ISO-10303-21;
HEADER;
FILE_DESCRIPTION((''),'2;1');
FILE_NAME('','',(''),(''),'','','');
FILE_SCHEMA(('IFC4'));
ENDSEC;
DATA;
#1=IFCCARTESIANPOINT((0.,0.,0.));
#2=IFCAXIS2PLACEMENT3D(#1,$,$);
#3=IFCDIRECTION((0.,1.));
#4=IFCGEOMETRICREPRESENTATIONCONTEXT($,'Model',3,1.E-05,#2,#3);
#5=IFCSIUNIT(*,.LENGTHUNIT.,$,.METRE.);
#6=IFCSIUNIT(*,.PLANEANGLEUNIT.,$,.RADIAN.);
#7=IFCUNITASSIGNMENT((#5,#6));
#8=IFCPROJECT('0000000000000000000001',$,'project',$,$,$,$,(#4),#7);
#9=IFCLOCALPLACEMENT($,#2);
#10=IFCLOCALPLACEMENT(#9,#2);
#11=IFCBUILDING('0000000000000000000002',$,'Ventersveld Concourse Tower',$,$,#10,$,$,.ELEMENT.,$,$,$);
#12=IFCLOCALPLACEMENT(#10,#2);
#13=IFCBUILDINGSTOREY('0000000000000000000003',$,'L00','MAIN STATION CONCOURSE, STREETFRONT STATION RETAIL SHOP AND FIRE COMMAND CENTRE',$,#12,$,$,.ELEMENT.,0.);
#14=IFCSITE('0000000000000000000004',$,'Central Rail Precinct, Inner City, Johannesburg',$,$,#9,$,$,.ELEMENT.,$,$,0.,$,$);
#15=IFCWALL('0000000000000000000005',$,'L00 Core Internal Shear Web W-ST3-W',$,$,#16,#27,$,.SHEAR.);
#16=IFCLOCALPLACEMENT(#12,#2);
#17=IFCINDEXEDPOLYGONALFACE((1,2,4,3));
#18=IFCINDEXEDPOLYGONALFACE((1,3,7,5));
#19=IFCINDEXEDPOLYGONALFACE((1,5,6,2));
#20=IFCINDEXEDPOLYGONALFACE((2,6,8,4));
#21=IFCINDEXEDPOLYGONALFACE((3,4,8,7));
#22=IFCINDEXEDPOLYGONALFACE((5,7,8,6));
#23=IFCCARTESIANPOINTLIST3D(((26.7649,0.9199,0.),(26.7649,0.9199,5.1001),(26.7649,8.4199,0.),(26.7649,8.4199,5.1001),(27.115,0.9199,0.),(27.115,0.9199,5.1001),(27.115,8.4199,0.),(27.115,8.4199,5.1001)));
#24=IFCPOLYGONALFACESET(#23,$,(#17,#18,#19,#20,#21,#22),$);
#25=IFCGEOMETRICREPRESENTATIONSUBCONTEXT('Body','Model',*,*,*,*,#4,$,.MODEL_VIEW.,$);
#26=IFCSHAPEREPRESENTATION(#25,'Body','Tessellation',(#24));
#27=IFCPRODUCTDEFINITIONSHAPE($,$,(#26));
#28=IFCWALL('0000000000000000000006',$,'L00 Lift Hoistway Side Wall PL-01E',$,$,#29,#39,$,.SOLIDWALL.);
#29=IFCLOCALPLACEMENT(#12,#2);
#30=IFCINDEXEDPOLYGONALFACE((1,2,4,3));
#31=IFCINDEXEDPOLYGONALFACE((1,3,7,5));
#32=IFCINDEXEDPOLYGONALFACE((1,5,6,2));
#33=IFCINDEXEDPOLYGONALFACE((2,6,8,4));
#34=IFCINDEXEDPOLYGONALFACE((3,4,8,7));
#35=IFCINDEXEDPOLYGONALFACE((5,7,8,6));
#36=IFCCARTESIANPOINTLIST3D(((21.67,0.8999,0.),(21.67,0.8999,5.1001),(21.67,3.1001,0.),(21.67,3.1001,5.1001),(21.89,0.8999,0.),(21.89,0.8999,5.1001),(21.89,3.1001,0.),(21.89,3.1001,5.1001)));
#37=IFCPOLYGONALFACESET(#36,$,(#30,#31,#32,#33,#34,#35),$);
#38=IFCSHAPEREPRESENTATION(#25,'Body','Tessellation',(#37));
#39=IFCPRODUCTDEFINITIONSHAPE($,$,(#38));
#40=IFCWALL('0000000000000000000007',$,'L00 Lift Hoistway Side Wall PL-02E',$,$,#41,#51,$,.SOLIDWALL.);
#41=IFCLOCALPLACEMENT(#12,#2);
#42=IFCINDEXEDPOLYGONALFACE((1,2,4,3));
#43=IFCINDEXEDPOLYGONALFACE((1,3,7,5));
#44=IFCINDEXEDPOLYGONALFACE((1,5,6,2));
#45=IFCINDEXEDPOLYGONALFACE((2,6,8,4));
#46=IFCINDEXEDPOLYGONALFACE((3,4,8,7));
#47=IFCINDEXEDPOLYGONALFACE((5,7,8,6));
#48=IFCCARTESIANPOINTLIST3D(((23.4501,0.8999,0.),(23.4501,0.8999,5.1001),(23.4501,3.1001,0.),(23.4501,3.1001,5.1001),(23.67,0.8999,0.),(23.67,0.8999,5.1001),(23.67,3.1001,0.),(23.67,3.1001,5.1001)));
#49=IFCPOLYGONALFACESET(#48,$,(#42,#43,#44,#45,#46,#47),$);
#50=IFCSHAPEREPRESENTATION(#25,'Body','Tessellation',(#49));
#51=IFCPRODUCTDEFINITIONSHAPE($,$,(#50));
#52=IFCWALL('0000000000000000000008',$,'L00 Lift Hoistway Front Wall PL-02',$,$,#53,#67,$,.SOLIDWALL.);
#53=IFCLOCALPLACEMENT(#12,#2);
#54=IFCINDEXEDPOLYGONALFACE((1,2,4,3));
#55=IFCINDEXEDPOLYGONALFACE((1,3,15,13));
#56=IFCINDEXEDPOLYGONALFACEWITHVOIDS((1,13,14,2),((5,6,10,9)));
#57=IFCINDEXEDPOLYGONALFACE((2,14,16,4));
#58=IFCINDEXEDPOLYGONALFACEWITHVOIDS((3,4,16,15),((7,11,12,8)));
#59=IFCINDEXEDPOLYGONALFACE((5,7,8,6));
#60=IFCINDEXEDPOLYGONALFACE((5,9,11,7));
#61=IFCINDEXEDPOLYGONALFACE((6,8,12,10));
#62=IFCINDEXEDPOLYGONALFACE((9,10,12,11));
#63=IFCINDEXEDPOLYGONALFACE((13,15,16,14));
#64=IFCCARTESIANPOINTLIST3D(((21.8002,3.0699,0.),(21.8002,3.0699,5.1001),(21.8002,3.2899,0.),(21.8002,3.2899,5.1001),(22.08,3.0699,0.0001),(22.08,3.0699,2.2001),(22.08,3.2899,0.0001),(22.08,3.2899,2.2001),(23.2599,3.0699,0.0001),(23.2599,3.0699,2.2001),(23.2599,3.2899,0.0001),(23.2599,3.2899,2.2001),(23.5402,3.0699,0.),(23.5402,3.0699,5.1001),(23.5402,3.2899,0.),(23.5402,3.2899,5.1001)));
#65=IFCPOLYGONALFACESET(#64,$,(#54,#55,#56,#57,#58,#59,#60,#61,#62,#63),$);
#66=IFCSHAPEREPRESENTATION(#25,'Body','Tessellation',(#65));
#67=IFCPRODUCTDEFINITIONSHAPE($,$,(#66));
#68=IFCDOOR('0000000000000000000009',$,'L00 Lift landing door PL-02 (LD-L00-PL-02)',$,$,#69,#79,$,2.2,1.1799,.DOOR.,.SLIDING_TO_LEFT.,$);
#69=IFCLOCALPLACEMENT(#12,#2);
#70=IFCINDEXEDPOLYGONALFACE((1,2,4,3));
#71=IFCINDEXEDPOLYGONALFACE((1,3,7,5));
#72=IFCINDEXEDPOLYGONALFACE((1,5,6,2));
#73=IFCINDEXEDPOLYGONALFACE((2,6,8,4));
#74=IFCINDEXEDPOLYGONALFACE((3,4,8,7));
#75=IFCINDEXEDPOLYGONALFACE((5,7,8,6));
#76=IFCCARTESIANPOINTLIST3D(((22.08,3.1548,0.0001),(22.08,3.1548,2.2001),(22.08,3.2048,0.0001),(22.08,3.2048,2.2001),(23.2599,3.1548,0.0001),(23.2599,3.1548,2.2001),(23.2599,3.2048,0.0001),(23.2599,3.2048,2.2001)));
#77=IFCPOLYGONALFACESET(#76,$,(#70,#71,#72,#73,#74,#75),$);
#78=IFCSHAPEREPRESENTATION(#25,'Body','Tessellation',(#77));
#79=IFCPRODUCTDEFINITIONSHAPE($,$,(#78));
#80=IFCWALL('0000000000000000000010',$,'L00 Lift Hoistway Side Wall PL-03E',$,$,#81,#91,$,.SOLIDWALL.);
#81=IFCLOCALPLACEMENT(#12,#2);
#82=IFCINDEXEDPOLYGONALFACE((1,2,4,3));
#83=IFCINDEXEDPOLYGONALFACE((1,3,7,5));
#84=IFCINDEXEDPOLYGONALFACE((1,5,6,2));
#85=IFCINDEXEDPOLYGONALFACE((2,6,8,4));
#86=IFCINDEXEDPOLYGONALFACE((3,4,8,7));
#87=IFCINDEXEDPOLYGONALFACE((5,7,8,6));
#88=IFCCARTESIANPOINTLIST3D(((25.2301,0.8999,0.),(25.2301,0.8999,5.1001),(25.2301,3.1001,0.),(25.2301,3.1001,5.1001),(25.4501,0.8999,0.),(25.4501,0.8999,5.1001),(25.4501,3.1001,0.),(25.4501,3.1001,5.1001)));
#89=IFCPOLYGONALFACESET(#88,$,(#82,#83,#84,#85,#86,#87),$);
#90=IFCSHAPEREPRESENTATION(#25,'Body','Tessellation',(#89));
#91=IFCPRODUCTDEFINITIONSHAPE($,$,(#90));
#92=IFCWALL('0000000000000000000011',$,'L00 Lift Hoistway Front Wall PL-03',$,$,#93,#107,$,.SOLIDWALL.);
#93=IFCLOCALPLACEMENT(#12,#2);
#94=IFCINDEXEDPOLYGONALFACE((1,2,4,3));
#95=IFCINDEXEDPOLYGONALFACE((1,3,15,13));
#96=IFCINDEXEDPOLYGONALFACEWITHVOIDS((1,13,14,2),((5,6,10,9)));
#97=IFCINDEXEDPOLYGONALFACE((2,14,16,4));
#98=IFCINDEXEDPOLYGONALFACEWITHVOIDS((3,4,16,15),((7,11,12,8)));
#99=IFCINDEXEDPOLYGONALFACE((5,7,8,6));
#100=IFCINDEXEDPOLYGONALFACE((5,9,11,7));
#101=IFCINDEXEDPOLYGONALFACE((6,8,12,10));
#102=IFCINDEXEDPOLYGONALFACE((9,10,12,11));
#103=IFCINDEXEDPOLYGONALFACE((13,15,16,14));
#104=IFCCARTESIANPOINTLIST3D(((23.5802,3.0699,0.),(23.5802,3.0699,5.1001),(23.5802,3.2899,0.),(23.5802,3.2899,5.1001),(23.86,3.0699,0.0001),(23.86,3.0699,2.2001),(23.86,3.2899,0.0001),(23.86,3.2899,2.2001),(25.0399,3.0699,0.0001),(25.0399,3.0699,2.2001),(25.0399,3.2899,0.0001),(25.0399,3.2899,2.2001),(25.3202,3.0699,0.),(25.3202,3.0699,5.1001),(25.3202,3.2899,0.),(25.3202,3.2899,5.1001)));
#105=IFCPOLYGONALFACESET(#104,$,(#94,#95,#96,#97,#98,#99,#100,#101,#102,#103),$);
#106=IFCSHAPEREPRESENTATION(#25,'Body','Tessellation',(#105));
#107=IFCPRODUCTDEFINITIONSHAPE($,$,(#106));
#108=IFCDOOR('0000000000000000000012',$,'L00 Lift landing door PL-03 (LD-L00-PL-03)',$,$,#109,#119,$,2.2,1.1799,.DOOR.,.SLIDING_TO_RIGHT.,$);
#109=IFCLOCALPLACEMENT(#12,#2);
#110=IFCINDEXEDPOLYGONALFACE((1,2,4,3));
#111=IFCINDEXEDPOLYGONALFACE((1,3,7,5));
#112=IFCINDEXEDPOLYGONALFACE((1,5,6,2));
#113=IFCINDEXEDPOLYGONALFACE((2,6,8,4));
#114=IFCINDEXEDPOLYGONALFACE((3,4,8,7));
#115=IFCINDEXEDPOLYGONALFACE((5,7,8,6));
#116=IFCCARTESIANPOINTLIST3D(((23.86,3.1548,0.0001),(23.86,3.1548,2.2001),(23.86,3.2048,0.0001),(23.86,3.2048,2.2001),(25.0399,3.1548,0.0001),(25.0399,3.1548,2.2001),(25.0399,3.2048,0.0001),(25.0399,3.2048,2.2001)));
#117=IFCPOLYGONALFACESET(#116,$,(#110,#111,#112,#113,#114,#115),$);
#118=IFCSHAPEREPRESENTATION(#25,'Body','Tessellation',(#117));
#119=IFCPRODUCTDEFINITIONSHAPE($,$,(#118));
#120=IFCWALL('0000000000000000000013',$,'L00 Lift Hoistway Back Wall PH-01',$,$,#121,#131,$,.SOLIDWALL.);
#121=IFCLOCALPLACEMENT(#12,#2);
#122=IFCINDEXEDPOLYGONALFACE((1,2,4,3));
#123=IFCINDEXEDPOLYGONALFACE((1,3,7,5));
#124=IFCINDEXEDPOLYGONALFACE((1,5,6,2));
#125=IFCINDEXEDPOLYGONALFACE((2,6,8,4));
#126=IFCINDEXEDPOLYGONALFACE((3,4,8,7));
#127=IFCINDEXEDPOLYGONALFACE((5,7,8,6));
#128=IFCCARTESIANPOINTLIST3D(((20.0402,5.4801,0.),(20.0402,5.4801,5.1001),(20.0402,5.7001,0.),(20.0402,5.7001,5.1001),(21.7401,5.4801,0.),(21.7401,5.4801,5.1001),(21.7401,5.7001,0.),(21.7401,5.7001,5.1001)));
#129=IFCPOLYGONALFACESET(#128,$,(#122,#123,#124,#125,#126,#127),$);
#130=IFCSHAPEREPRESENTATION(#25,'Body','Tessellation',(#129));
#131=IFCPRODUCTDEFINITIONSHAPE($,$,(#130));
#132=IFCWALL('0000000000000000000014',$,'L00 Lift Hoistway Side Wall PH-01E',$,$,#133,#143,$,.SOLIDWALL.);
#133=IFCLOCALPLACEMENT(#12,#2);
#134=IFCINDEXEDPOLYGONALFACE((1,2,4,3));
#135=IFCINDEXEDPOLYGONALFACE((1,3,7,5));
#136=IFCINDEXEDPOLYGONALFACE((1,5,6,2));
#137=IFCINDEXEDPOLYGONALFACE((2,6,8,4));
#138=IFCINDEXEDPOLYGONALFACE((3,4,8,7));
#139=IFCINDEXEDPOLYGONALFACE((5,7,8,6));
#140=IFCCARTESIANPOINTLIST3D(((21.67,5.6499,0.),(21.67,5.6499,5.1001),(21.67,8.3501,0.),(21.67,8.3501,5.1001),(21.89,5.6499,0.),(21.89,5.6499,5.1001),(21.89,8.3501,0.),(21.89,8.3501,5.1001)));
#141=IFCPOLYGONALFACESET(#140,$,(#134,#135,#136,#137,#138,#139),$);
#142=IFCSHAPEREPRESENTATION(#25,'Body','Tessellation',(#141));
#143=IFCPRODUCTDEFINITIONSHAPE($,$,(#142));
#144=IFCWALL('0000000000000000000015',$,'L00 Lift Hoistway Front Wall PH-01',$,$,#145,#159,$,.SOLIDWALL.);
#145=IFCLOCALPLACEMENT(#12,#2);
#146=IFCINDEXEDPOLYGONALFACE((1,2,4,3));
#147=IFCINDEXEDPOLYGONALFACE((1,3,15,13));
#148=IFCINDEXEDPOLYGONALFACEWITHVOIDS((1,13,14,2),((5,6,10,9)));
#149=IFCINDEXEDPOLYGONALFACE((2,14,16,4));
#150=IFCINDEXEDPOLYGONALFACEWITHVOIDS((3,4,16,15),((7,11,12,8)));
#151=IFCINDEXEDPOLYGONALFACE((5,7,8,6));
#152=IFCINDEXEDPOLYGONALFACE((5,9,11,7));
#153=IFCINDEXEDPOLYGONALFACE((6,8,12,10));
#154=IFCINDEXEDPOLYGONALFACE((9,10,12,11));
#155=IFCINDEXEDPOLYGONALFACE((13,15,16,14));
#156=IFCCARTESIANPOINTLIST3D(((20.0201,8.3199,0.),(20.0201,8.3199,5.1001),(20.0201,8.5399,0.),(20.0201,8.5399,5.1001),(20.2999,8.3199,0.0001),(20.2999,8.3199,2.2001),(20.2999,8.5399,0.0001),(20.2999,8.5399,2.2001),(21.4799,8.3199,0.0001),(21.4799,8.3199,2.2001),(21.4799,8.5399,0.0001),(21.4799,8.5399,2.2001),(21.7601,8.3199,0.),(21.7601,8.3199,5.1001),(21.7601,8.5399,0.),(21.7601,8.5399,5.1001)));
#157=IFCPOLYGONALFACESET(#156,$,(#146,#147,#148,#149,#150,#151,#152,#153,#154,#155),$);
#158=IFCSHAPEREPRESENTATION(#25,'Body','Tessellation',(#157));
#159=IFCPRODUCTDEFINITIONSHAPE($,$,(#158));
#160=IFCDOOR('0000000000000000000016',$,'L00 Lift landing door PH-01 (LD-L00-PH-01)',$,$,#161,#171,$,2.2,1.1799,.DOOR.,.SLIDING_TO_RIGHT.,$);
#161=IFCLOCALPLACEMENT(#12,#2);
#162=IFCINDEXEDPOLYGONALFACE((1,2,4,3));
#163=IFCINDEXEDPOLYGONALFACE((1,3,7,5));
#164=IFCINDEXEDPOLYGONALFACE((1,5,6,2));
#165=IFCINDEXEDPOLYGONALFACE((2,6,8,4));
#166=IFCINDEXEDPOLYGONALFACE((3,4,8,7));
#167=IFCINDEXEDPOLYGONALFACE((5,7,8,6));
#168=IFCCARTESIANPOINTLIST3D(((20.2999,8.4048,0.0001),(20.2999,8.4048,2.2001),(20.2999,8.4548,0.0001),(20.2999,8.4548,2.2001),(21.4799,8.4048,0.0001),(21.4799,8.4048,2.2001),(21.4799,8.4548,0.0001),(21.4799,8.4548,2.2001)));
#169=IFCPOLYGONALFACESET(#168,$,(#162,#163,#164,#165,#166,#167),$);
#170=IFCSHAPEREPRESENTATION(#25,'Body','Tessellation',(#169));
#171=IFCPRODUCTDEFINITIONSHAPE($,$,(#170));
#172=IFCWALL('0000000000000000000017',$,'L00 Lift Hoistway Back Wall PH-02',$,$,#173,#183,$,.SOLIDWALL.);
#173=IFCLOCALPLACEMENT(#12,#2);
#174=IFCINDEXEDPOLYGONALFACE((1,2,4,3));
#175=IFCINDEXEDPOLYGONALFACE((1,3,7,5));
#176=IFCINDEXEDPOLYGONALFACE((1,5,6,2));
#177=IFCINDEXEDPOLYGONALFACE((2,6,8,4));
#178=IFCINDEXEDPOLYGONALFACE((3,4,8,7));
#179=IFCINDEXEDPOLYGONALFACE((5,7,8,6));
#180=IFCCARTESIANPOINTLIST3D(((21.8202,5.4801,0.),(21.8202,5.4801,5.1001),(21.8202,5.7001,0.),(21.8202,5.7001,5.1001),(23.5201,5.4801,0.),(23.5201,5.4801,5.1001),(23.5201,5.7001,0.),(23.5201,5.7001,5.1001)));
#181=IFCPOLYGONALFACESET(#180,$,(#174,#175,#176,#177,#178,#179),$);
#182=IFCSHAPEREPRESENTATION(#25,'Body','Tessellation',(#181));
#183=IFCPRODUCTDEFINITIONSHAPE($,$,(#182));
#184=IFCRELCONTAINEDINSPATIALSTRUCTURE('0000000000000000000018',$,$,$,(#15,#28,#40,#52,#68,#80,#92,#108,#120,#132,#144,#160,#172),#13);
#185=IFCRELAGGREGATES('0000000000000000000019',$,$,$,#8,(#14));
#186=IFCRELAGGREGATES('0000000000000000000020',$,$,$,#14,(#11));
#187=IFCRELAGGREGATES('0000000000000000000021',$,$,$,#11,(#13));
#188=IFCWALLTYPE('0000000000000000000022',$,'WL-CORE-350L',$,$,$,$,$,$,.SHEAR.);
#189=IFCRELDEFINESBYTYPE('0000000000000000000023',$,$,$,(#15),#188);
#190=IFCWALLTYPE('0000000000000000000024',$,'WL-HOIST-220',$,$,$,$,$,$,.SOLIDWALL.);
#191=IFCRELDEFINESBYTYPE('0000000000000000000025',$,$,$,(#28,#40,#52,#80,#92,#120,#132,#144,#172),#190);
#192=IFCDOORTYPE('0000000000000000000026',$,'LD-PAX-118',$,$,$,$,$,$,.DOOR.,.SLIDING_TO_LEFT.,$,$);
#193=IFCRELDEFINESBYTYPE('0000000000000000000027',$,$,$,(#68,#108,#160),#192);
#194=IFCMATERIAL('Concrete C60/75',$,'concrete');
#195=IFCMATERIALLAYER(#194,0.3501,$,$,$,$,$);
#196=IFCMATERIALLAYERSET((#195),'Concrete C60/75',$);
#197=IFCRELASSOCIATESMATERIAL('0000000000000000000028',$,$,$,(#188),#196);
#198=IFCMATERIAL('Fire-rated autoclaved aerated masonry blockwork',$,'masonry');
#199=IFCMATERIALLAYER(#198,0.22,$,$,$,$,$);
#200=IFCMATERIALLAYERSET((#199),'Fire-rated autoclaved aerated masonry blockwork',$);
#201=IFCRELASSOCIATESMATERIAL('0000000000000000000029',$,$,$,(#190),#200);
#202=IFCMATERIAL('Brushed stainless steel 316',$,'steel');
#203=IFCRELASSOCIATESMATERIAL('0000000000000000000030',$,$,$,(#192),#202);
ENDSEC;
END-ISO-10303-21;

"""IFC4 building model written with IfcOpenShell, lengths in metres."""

from ifc_helpers import new_model, si_unit, direction, frame, frame_2d, origin, place, context, subcontext, project, spatial, rectangle, extrude, material, layer, layer_set, type_object, element, fill, save


model = new_model("IFC4")

# Units and contexts
model_context = context("Model", 3, precision=1e-05, world=origin(), true_north=direction((0.0, 1.0)))
body_context = subcontext(model_context, "Body", "Model", "MODEL_VIEW")
ifc_project = project(units=[si_unit("LENGTHUNIT", "METRE"), si_unit("PLANEANGLEUNIT", "RADIAN")], contexts=[model_context])

# Site, building, storey
site_placement = place(None, origin())
site = spatial("IfcSite", under=ifc_project, at=site_placement, Name="Central Rail Precinct, Inner City, Johannesburg", CompositionType="ELEMENT", RefElevation=0.0)
building_placement = place(site_placement, origin())
building = spatial("IfcBuilding", under=site, at=building_placement, Name="Ventersveld Concourse Tower", CompositionType="ELEMENT")
storey_placement = place(building_placement, origin())
storey = spatial("IfcBuildingStorey", under=building, at=storey_placement, Name="L00", Description="MAIN STATION CONCOURSE, STREETFRONT STATION RETAIL SHOP AND FIRE COMMAND CENTRE", CompositionType="ELEMENT", Elevation=0.0)

# Walls
ifc_material_1 = material(Name="Concrete C60/75", Category="concrete")
ifc_layer_1 = layer(ifc_material_1, 0.3501)
ifc_layer_set_1 = layer_set([ifc_layer_1], Name="Concrete C60/75")
wall_type_1 = type_object("IfcWallType", Name="WL-CORE-350L", PredefinedType="SHEAR", material=ifc_layer_set_1)
wall_1_placement = place(storey_placement, frame((26.9399, 0.9199, 0.0), z_axis=(0.0, 0.0, 1.0), x_axis=(0.0, 1.0, 0.0)))
element("IfcWall", 1, at=wall_1_placement, inside=storey, type_object=wall_type_1, Name="L00 Core Internal Shear Web W-ST3-W", PredefinedType="SHEAR", context=body_context, shape_type="SweptSolid", body=[
    extrude(rectangle(XDim=7.5, YDim=0.3501, at=frame_2d((3.75, 0.0))), origin(), (0.0, 0.0, 1.0), 5.1001),
])
ifc_material_2 = material(Name="Fire-rated autoclaved aerated masonry blockwork", Category="masonry")
ifc_layer_2 = layer(ifc_material_2, 0.22)
ifc_layer_set_2 = layer_set([ifc_layer_2], Name="Fire-rated autoclaved aerated masonry blockwork")
wall_type_2 = type_object("IfcWallType", Name="WL-HOIST-220", PredefinedType="SOLIDWALL", material=ifc_layer_set_2)
for number, where, z_axis, x_axis, name in (
    (2, (21.78, 0.8999, 0.0), (0.0, 0.0, 1.0), (0.0, 1.0, 0.0), "L00 Lift Hoistway Side Wall PL-01E"),
    (3, (23.5601, 0.8999, 0.0), (0.0, 0.0, 1.0), (0.0, 1.0, 0.0), "L00 Lift Hoistway Side Wall PL-02E"),
):
    element("IfcWall", number, at=place(storey_placement, frame(where, z_axis=z_axis, x_axis=x_axis)), inside=storey, type_object=wall_type_2, Name=name, PredefinedType="SOLIDWALL", context=body_context, shape_type="SweptSolid", body=[
        extrude(rectangle(XDim=2.2002, YDim=0.22, at=frame_2d((1.1001, 0.0))), origin(), (0.0, 0.0, 1.0), 5.1001),
    ])

# Wall, opening, door
wall_2_placement = place(storey_placement, frame((21.8, 3.1799, 0.0), z_axis=(0.0, 0.0, 1.0), x_axis=(1.0, 0.0, 0.0)))
wall_2 = element("IfcWall", 4, at=wall_2_placement, inside=storey, type_object=wall_type_2, Name="L00 Lift Hoistway Front Wall PL-02", PredefinedType="SOLIDWALL", context=body_context, shape_type="SweptSolid", body=[
    extrude(rectangle(XDim=1.74, YDim=0.22, at=frame_2d((0.8701, 0.0))), origin(), (0.0, 0.0, 1.0), 5.1001),
])
opening_1_placement = place(wall_2_placement, frame((0.28, 0.0, 0.0)))
opening_1 = element("IfcOpeningElement", 5, at=opening_1_placement, cuts=wall_2, PredefinedType="OPENING", context=body_context, shape_type="SweptSolid", body=[
    extrude(rectangle(XDim=1.1799, YDim=2.2, at=frame_2d((0.5898, 1.1001))), frame((0.0, 0.1201, 0.0), z_axis=(0.0, -1.0, 0.0), x_axis=(1.0, 0.0, 0.0)), (0.0, 0.0, 1.0), 0.24),
])
ifc_material_3 = material(Name="Brushed stainless steel 316", Category="steel")
door_type_1 = type_object("IfcDoorType", Name="LD-PAX-118", OperationType="SLIDING_TO_LEFT", PredefinedType="DOOR", material=ifc_material_3)
door_1_placement = place(opening_1_placement, origin())
door_1 = element("IfcDoor", 6, at=door_1_placement, inside=storey, type_object=door_type_1, Name="L00 Lift landing door PL-02 (LD-L00-PL-02)", OperationType="SLIDING_TO_LEFT", OverallHeight=2.2, OverallWidth=1.1799, PredefinedType="DOOR", context=body_context, shape_type="SweptSolid", body=[
    extrude(rectangle(XDim=1.1799, YDim=2.2, at=frame_2d((0.5898, 1.1001))), frame((0.0, 0.0249, 0.0), z_axis=(0.0, -1.0, 0.0), x_axis=(1.0, 0.0, 0.0)), (0.0, 0.0, 1.0), 0.05),
])
fill(opening_1, door_1)

# Wall
wall_3_placement = place(storey_placement, frame((25.3401, 0.8999, 0.0), z_axis=(0.0, 0.0, 1.0), x_axis=(0.0, 1.0, 0.0)))
element("IfcWall", 7, at=wall_3_placement, inside=storey, type_object=wall_type_2, Name="L00 Lift Hoistway Side Wall PL-03E", PredefinedType="SOLIDWALL", context=body_context, shape_type="SweptSolid", body=[
    extrude(rectangle(XDim=2.2002, YDim=0.22, at=frame_2d((1.1001, 0.0))), origin(), (0.0, 0.0, 1.0), 5.1001),
])

# Wall, opening, door
wall_4_placement = place(storey_placement, frame((23.5801, 3.1799, 0.0), z_axis=(0.0, 0.0, 1.0), x_axis=(1.0, 0.0, 0.0)))
wall_4 = element("IfcWall", 8, at=wall_4_placement, inside=storey, type_object=wall_type_2, Name="L00 Lift Hoistway Front Wall PL-03", PredefinedType="SOLIDWALL", context=body_context, shape_type="SweptSolid", body=[
    extrude(rectangle(XDim=1.74, YDim=0.22, at=frame_2d((0.8701, 0.0))), origin(), (0.0, 0.0, 1.0), 5.1001),
])
opening_2_placement = place(wall_4_placement, frame((0.28, 0.0, 0.0)))
opening_2 = element("IfcOpeningElement", 9, at=opening_2_placement, cuts=wall_4, PredefinedType="OPENING", context=body_context, shape_type="SweptSolid", body=[
    extrude(rectangle(XDim=1.1799, YDim=2.2, at=frame_2d((0.5898, 1.1001))), frame((0.0, 0.1201, 0.0), z_axis=(0.0, -1.0, 0.0), x_axis=(1.0, 0.0, 0.0)), (0.0, 0.0, 1.0), 0.24),
])
door_2_placement = place(opening_2_placement, origin())
door_2 = element("IfcDoor", 10, at=door_2_placement, inside=storey, type_object=door_type_1, Name="L00 Lift landing door PL-03 (LD-L00-PL-03)", OperationType="SLIDING_TO_RIGHT", OverallHeight=2.2, OverallWidth=1.1799, PredefinedType="DOOR", context=body_context, shape_type="SweptSolid", body=[
    extrude(rectangle(XDim=1.1799, YDim=2.2, at=frame_2d((0.5898, 1.1001))), frame((0.0, 0.0249, 0.0), z_axis=(0.0, -1.0, 0.0), x_axis=(1.0, 0.0, 0.0)), (0.0, 0.0, 1.0), 0.05),
])
fill(opening_2, door_2)

# Walls
wall_5_placement = place(storey_placement, frame((20.04, 5.5901, 0.0), z_axis=(0.0, 0.0, 1.0), x_axis=(1.0, 0.0, 0.0)))
element("IfcWall", 11, at=wall_5_placement, inside=storey, type_object=wall_type_2, Name="L00 Lift Hoistway Back Wall PH-01", PredefinedType="SOLIDWALL", context=body_context, shape_type="SweptSolid", body=[
    extrude(rectangle(XDim=1.7, YDim=0.22, at=frame_2d((0.8501, 0.0))), origin(), (0.0, 0.0, 1.0), 5.1001),
])
wall_6_placement = place(storey_placement, frame((21.78, 5.6499, 0.0), z_axis=(0.0, 0.0, 1.0), x_axis=(0.0, 1.0, 0.0)))
element("IfcWall", 12, at=wall_6_placement, inside=storey, type_object=wall_type_2, Name="L00 Lift Hoistway Side Wall PH-01E", PredefinedType="SOLIDWALL", context=body_context, shape_type="SweptSolid", body=[
    extrude(rectangle(XDim=2.7002, YDim=0.22, at=frame_2d((1.3501, 0.0))), origin(), (0.0, 0.0, 1.0), 5.1001),
])

# Wall, opening, door
wall_7_placement = place(storey_placement, frame((20.02, 8.4299, 0.0), z_axis=(0.0, 0.0, 1.0), x_axis=(1.0, 0.0, 0.0)))
wall_7 = element("IfcWall", 13, at=wall_7_placement, inside=storey, type_object=wall_type_2, Name="L00 Lift Hoistway Front Wall PH-01", PredefinedType="SOLIDWALL", context=body_context, shape_type="SweptSolid", body=[
    extrude(rectangle(XDim=1.74, YDim=0.22, at=frame_2d((0.8701, 0.0))), origin(), (0.0, 0.0, 1.0), 5.1001),
])
opening_3_placement = place(wall_7_placement, frame((0.28, 0.0, 0.0)))
opening_3 = element("IfcOpeningElement", 14, at=opening_3_placement, cuts=wall_7, PredefinedType="OPENING", context=body_context, shape_type="SweptSolid", body=[
    extrude(rectangle(XDim=1.1799, YDim=2.2, at=frame_2d((0.5898, 1.1001))), frame((0.0, 0.1201, 0.0), z_axis=(0.0, -1.0, 0.0), x_axis=(1.0, 0.0, 0.0)), (0.0, 0.0, 1.0), 0.24),
])
door_3_placement = place(opening_3_placement, origin())
door_3 = element("IfcDoor", 15, at=door_3_placement, inside=storey, type_object=door_type_1, Name="L00 Lift landing door PH-01 (LD-L00-PH-01)", OperationType="SLIDING_TO_RIGHT", OverallHeight=2.2, OverallWidth=1.1799, PredefinedType="DOOR", context=body_context, shape_type="SweptSolid", body=[
    extrude(rectangle(XDim=1.1799, YDim=2.2, at=frame_2d((0.5898, 1.1001))), frame((0.0, 0.0249, 0.0), z_axis=(0.0, -1.0, 0.0), x_axis=(1.0, 0.0, 0.0)), (0.0, 0.0, 1.0), 0.05),
])
fill(opening_3, door_3)

# Wall
wall_8_placement = place(storey_placement, frame((21.8201, 5.5901, 0.0), z_axis=(0.0, 0.0, 1.0), x_axis=(1.0, 0.0, 0.0)))
element("IfcWall", 16, at=wall_8_placement, inside=storey, type_object=wall_type_2, Name="L00 Lift Hoistway Back Wall PH-02", PredefinedType="SOLIDWALL", context=body_context, shape_type="SweptSolid", body=[
    extrude(rectangle(XDim=1.7, YDim=0.22, at=frame_2d((0.8501, 0.0))), origin(), (0.0, 0.0, 1.0), 5.1001),
])

save(model, "model.ifc")
